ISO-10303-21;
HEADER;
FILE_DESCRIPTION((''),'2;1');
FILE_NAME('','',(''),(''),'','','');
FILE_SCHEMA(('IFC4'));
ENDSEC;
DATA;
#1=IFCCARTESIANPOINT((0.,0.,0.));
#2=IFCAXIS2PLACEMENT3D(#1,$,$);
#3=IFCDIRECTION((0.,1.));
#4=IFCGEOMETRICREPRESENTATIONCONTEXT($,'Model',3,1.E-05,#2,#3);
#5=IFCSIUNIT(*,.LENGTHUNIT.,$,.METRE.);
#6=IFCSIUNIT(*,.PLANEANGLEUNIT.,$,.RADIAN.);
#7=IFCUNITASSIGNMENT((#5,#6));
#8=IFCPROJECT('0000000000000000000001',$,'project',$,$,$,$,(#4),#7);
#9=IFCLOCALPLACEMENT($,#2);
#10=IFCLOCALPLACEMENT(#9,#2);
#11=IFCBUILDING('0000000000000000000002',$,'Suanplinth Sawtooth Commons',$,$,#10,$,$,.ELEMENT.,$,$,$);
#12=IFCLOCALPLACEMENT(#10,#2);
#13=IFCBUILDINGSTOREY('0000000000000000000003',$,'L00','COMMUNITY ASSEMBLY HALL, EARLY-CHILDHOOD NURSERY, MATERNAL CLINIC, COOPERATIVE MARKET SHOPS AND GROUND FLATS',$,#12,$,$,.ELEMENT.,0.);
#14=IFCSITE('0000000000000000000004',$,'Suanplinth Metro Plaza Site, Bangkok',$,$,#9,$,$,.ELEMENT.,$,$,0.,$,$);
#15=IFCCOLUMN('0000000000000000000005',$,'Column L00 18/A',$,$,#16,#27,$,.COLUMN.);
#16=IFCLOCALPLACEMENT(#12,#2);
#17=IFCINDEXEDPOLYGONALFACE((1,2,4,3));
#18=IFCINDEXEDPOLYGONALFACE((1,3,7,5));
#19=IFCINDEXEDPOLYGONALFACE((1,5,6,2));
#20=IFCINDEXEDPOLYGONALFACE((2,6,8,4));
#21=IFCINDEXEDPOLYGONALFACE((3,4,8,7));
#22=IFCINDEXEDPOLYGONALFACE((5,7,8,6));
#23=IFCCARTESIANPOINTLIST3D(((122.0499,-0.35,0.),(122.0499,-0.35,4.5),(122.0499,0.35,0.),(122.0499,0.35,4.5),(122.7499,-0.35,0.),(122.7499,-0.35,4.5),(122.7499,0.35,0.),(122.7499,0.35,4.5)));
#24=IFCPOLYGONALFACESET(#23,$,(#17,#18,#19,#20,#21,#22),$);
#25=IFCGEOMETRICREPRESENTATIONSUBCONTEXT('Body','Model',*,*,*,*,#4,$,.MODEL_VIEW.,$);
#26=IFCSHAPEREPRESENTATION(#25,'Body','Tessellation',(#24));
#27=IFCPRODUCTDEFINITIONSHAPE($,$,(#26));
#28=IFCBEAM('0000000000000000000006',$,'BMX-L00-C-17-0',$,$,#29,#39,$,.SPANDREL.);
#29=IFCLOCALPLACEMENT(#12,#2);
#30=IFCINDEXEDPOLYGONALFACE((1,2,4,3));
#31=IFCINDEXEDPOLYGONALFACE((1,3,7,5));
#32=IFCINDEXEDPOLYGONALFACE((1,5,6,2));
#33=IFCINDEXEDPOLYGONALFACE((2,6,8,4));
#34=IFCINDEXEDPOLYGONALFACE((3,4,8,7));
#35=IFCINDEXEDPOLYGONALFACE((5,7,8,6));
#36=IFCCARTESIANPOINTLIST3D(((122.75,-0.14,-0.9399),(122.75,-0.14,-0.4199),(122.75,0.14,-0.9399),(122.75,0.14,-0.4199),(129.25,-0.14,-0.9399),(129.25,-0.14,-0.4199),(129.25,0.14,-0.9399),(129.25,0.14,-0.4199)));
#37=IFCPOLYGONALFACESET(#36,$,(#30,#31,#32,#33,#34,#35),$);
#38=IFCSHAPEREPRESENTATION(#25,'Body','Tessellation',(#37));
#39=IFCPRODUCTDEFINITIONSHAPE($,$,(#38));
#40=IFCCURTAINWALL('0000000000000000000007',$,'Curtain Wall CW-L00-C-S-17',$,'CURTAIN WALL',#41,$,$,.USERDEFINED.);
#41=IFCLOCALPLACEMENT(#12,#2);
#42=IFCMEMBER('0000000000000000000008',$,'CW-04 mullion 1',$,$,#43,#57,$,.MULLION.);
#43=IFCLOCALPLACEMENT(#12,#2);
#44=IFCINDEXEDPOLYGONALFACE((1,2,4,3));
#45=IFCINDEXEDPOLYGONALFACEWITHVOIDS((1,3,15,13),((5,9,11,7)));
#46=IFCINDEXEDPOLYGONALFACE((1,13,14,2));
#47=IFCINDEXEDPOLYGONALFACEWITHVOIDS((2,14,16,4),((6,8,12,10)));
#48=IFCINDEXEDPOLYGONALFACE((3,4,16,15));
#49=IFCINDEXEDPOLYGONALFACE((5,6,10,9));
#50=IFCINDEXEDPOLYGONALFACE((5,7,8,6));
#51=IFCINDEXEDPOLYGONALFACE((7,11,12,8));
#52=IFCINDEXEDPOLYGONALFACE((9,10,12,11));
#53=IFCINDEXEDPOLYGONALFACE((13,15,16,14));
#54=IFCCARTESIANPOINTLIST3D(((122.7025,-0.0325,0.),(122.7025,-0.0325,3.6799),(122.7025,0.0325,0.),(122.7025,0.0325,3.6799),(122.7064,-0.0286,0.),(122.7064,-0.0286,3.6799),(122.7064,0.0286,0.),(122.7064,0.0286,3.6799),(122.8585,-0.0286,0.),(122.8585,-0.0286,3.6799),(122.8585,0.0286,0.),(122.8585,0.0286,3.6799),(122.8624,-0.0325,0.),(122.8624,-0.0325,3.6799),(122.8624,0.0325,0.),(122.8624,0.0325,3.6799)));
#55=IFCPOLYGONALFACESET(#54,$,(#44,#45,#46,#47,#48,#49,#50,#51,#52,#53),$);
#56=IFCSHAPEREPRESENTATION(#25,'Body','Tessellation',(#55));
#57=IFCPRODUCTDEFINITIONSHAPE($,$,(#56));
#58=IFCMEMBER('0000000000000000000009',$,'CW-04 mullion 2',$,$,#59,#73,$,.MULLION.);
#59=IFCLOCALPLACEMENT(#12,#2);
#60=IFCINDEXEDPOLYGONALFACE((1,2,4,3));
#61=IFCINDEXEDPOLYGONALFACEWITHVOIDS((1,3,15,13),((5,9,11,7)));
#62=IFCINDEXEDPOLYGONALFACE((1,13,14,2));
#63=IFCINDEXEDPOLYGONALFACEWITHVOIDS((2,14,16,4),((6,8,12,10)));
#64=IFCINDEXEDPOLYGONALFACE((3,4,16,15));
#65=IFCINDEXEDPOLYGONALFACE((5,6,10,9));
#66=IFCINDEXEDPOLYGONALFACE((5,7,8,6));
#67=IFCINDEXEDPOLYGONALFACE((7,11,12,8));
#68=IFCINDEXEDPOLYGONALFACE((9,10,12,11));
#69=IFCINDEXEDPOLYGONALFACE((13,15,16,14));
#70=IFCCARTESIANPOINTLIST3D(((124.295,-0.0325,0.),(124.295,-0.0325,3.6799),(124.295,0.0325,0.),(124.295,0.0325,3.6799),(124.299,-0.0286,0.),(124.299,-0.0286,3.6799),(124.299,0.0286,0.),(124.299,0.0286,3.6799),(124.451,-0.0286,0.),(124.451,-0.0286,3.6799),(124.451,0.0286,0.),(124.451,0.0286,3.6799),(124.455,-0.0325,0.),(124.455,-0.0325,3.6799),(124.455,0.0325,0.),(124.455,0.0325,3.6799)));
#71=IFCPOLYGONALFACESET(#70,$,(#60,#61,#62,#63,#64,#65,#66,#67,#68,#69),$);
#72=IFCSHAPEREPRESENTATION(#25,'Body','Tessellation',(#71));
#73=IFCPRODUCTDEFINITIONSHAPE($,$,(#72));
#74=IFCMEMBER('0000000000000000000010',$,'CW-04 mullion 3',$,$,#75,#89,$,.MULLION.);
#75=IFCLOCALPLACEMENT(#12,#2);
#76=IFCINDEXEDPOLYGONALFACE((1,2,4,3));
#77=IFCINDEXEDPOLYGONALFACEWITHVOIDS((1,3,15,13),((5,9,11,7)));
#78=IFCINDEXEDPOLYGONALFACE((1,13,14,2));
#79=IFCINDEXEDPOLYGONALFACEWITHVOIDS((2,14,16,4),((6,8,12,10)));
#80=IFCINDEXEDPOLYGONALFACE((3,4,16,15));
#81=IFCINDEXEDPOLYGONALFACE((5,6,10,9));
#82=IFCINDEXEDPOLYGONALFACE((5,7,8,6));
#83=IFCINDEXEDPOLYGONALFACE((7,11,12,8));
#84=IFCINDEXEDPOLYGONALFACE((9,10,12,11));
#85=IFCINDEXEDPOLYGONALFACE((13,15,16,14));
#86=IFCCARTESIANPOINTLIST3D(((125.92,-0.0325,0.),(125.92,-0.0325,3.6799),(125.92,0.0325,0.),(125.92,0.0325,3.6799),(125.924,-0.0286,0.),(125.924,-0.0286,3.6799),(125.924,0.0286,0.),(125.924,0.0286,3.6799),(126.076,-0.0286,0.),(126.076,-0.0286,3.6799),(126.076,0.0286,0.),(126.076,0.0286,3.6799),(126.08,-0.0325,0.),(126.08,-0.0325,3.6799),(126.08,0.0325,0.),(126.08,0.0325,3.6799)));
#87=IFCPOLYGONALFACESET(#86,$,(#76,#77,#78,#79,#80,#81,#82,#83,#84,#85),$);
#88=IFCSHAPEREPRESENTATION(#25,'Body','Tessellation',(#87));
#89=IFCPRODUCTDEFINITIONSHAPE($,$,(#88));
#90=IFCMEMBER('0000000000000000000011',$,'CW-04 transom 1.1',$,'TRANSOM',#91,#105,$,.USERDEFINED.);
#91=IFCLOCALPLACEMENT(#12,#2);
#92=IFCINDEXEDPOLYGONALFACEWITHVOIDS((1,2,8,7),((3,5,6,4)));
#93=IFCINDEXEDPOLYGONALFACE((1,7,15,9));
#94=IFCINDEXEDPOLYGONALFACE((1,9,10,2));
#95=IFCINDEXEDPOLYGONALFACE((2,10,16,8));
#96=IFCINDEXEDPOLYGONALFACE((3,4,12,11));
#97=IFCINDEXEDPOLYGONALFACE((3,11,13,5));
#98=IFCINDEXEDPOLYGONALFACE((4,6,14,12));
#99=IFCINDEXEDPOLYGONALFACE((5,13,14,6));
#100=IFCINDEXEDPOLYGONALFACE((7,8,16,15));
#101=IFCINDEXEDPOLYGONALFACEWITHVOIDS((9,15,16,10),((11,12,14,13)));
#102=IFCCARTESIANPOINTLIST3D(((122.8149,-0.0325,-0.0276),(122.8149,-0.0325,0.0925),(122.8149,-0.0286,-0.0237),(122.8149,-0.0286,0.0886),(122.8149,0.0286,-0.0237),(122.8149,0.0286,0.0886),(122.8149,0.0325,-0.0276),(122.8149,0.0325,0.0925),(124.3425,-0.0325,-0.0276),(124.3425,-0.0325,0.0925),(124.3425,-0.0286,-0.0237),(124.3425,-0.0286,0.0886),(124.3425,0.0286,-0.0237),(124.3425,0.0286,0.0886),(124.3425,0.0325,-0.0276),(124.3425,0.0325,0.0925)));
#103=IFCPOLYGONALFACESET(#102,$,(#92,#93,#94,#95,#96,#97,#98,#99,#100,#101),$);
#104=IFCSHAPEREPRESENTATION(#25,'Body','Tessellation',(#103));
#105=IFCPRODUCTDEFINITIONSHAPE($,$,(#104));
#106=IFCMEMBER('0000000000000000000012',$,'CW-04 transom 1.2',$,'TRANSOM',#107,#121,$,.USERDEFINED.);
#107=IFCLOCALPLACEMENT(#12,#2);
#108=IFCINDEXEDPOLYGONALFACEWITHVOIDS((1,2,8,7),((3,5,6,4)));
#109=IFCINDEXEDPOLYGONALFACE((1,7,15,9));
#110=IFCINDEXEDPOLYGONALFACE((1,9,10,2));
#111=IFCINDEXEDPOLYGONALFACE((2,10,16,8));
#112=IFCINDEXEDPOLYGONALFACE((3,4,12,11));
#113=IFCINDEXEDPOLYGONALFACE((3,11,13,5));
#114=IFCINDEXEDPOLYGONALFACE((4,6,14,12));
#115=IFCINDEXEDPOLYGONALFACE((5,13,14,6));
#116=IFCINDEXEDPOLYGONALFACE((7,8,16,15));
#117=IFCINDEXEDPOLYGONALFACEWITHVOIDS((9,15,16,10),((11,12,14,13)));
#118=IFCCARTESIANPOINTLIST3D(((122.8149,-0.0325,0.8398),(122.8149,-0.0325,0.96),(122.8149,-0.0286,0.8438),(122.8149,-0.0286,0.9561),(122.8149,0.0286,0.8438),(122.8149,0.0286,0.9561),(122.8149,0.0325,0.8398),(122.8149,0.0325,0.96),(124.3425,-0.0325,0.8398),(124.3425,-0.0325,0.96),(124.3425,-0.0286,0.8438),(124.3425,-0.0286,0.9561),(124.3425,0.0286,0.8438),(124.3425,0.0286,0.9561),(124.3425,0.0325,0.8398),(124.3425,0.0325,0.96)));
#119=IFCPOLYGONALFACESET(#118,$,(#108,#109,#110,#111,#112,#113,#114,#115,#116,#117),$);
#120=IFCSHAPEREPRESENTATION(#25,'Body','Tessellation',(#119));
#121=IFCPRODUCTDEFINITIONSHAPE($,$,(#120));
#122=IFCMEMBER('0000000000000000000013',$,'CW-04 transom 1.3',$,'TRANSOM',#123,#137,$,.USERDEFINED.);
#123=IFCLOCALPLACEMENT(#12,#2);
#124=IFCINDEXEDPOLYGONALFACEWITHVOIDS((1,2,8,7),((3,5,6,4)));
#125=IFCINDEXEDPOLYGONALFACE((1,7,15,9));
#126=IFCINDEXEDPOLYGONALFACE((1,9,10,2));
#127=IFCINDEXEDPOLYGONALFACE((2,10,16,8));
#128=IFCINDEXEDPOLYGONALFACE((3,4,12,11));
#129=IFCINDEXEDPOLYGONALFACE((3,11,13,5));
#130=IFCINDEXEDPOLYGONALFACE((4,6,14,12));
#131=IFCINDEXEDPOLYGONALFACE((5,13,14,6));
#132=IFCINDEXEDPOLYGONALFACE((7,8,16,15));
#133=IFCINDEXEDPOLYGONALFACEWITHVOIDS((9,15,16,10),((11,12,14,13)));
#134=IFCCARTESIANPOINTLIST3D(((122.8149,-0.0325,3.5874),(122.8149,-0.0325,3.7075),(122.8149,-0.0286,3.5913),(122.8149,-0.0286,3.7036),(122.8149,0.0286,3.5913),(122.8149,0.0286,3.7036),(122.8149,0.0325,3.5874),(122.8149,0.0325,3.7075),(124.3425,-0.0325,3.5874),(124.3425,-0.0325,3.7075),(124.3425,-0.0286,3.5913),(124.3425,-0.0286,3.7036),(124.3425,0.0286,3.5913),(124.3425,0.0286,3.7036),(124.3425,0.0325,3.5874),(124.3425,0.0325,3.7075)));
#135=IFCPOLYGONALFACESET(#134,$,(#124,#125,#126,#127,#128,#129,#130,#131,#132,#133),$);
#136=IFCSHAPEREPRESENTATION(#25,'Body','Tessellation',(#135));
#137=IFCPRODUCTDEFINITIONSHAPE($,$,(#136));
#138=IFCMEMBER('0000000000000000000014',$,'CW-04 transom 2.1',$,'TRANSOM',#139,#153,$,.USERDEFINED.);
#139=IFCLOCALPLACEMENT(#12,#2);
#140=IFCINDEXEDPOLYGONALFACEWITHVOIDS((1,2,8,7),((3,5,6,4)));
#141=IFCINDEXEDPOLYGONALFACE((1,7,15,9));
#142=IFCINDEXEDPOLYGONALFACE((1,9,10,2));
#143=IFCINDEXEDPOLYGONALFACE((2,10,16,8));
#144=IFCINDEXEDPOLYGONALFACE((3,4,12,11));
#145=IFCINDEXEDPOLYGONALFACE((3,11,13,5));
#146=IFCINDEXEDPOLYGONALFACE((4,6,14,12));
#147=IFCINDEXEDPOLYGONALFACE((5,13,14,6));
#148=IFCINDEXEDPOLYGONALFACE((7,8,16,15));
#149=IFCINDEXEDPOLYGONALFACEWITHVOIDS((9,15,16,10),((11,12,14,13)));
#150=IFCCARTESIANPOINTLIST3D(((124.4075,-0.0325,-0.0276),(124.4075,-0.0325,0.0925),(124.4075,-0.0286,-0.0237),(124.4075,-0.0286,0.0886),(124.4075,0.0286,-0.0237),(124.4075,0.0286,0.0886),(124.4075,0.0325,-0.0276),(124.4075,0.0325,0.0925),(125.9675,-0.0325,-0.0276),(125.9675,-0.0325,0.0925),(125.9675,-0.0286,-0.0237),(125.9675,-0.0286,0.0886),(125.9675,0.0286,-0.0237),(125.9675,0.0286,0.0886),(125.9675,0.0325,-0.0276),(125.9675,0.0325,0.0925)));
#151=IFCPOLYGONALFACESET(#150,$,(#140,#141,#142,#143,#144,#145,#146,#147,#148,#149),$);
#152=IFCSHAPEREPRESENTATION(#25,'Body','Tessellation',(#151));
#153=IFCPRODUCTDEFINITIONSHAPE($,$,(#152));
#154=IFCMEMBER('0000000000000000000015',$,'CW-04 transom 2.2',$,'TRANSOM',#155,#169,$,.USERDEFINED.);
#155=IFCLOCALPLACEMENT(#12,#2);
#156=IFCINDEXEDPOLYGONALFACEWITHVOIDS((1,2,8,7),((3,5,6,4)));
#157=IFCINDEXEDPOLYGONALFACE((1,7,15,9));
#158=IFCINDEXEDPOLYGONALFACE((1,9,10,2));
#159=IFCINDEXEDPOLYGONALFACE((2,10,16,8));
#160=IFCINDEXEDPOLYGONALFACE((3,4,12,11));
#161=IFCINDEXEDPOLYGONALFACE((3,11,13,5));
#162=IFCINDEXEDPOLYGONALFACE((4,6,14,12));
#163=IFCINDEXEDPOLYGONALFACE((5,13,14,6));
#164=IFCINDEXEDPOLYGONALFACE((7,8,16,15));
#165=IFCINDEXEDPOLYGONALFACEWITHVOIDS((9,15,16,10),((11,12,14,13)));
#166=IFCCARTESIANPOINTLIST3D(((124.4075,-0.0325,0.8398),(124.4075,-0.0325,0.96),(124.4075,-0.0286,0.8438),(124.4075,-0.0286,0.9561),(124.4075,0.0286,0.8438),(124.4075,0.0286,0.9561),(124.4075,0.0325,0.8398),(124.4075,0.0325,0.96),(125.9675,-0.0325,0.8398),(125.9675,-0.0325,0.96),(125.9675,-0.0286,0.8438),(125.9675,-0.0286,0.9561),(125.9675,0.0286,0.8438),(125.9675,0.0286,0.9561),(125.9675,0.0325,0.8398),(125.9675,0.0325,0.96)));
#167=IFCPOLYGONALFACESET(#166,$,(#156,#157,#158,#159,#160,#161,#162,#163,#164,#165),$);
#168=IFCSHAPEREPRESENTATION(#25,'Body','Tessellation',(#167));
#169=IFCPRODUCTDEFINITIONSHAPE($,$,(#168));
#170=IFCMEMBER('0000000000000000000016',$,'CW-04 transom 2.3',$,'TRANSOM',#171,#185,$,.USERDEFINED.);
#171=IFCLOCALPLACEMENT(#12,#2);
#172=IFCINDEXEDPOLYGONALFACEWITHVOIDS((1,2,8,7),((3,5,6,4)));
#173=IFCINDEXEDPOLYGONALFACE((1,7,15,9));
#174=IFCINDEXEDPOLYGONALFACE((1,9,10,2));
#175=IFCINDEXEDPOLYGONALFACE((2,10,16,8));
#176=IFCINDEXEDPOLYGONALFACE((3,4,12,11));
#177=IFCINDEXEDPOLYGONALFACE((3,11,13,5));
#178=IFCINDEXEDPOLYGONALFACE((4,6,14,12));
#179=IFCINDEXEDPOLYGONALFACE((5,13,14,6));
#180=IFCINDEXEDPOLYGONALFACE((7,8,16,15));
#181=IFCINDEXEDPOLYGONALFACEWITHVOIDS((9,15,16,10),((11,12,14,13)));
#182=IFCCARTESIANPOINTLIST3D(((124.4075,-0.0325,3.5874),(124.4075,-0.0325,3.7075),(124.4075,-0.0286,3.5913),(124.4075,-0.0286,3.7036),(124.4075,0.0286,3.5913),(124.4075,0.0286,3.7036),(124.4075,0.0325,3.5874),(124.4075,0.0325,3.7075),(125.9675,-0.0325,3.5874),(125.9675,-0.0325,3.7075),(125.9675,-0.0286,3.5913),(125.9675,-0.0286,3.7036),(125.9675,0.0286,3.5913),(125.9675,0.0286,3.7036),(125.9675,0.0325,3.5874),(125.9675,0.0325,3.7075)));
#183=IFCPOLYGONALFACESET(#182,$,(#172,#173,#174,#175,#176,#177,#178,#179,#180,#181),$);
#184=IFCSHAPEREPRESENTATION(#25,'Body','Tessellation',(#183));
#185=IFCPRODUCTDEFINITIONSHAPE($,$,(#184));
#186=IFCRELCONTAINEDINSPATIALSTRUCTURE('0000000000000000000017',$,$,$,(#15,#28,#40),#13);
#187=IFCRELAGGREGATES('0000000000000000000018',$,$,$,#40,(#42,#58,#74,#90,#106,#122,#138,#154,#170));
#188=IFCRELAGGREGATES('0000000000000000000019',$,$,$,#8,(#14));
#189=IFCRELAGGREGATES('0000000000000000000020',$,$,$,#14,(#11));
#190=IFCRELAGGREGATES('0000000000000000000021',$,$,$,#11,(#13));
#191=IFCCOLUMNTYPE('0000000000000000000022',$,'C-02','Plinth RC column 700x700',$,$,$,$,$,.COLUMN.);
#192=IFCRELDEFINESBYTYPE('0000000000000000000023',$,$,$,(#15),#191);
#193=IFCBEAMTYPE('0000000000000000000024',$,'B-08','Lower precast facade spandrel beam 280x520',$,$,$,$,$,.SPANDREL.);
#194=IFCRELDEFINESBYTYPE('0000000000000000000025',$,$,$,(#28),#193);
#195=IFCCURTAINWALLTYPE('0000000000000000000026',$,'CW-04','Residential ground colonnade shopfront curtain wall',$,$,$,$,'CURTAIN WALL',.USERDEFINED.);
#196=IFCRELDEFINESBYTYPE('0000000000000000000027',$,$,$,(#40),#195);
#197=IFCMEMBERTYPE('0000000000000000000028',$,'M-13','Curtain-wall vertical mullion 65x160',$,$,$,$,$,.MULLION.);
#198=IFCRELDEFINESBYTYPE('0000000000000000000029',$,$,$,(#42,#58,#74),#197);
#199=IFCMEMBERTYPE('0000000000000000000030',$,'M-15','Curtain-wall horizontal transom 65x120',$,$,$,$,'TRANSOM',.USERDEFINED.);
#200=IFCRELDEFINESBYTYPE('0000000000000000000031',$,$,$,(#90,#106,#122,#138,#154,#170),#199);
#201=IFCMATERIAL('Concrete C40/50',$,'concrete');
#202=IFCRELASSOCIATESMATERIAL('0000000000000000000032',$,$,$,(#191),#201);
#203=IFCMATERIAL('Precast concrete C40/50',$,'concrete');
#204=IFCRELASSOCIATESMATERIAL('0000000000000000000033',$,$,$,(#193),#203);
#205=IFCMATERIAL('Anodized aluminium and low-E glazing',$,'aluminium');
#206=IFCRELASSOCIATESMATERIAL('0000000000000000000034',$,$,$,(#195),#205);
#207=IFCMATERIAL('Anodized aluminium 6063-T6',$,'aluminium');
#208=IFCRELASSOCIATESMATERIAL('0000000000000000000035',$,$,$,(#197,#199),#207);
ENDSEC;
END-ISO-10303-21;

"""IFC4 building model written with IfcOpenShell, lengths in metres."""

from ifc_helpers import new_model, si_unit, direction, frame, origin, origin_2d, place, context, subcontext, project, spatial, rectangle, hollow_rectangle, extrude, material, material_profile, profile_set, type_object, element, aggregate, save


model = new_model("IFC4")

# Units and contexts
model_context = context("Model", 3, precision=1e-05, world=origin(), true_north=direction((0.0, 1.0)))
body_context = subcontext(model_context, "Body", "Model", "MODEL_VIEW")
ifc_project = project(units=[si_unit("LENGTHUNIT", "METRE"), si_unit("PLANEANGLEUNIT", "RADIAN")], contexts=[model_context])

# Site, building, storey
site_placement = place(None, origin())
site = spatial("IfcSite", under=ifc_project, at=site_placement, Name="Suanplinth Metro Plaza Site, Bangkok", CompositionType="ELEMENT", RefElevation=0.0)
building_placement = place(site_placement, origin())
building = spatial("IfcBuilding", under=site, at=building_placement, Name="Suanplinth Sawtooth Commons", CompositionType="ELEMENT")
storey_placement = place(building_placement, origin())
storey = spatial("IfcBuildingStorey", under=building, at=storey_placement, Name="L00", Description="COMMUNITY ASSEMBLY HALL, EARLY-CHILDHOOD NURSERY, MATERNAL CLINIC, COOPERATIVE MARKET SHOPS AND GROUND FLATS", CompositionType="ELEMENT", Elevation=0.0)

# Column
ifc_material_1 = material(Name="Concrete C40/50", Category="concrete")
ifc_material_profile_1 = material_profile(ifc_material_1, rectangle(XDim=0.7, YDim=0.7, at=origin_2d()), Name="RC-COL 700x700")
ifc_profile_set_1 = profile_set([ifc_material_profile_1], Name="Concrete C40/50")
column_type = type_object("IfcColumnType", Name="C-02", Description="Plinth RC column 700x700", PredefinedType="COLUMN", material=ifc_profile_set_1)
column_placement = place(storey_placement, frame((122.3999, 0.0, 0.0), z_axis=(0.0, 0.0, 1.0), x_axis=(1.0, 0.0, 0.0)))
element("IfcColumn", 1, at=column_placement, inside=storey, type_object=column_type, Name="Column L00 18/A", PredefinedType="COLUMN", context=body_context, shape_type="SweptSolid", body=[
    extrude(rectangle(XDim=0.7, YDim=0.7, at=origin_2d()), origin(), (0.0, 0.0, 1.0), 4.5),
])

# Beam
ifc_material_2 = material(Name="Precast concrete C40/50", Category="concrete")
ifc_material_profile_2 = material_profile(ifc_material_2, rectangle(XDim=0.28, YDim=0.52, at=origin_2d()), Name="PC-SP 280x520")
ifc_profile_set_2 = profile_set([ifc_material_profile_2], Name="Precast concrete C40/50")
beam_type = type_object("IfcBeamType", Name="B-08", Description="Lower precast facade spandrel beam 280x520", PredefinedType="SPANDREL", material=ifc_profile_set_2)
beam_placement = place(storey_placement, frame((122.75, 0.0, -0.6799), z_axis=(1.0, 0.0, 0.0), x_axis=(0.0, 1.0, 0.0)))
element("IfcBeam", 2, at=beam_placement, inside=storey, type_object=beam_type, Name="BMX-L00-C-17-0", PredefinedType="SPANDREL", context=body_context, shape_type="SweptSolid", body=[
    extrude(rectangle(XDim=0.28, YDim=0.52, at=origin_2d()), origin(), (0.0, 0.0, 1.0), 6.5),
])

# Curtain wall, members
ifc_material_3 = material(Name="Anodized aluminium and low-E glazing", Category="aluminium")
curtain_wall_type = type_object("IfcCurtainWallType", Name="CW-04", Description="Residential ground colonnade shopfront curtain wall", ElementType="CURTAIN WALL", PredefinedType="USERDEFINED", material=ifc_material_3)
curtain_wall_placement = place(storey_placement, origin())
curtain_wall = element("IfcCurtainWall", 3, at=curtain_wall_placement, inside=storey, type_object=curtain_wall_type, Name="Curtain Wall CW-L00-C-S-17", ObjectType="CURTAIN WALL", PredefinedType="USERDEFINED")
ifc_material_4 = material(Name="Anodized aluminium 6063-T6", Category="aluminium")
ifc_material_profile_3 = material_profile(ifc_material_4, hollow_rectangle(XDim=0.0649, YDim=0.1599, WallThickness=0.0039, at=origin_2d()), Name="ALU-MUL 65x160")
ifc_profile_set_3 = profile_set([ifc_material_profile_3], Name="Anodized aluminium 6063-T6")
member_type_1 = type_object("IfcMemberType", Name="M-13", Description="Curtain-wall vertical mullion 65x160", PredefinedType="MULLION", material=ifc_profile_set_3)
member_1_placement = place(storey_placement, frame((122.7825, 0.0, 0.0), z_axis=(0.0, 0.0, 1.0), x_axis=(0.0, 1.0, 0.0)))
member_1 = element("IfcMember", 4, at=member_1_placement, type_object=member_type_1, Name="CW-04 mullion 1", PredefinedType="MULLION", context=body_context, shape_type="SweptSolid", body=[
    extrude(hollow_rectangle(XDim=0.0649, YDim=0.1599, WallThickness=0.0039, at=origin_2d()), origin(), (0.0, 0.0, 1.0), 3.6799),
])
member_2_placement = place(storey_placement, frame((124.375, 0.0, 0.0), z_axis=(0.0, 0.0, 1.0), x_axis=(0.0, 1.0, 0.0)))
member_2 = element("IfcMember", 5, at=member_2_placement, type_object=member_type_1, Name="CW-04 mullion 2", PredefinedType="MULLION", context=body_context, shape_type="SweptSolid", body=[
    extrude(hollow_rectangle(XDim=0.0649, YDim=0.1599, WallThickness=0.0039, at=origin_2d()), origin(), (0.0, 0.0, 1.0), 3.6799),
])
member_3_placement = place(storey_placement, frame((126.0, 0.0, 0.0), z_axis=(0.0, 0.0, 1.0), x_axis=(0.0, 1.0, 0.0)))
member_3 = element("IfcMember", 6, at=member_3_placement, type_object=member_type_1, Name="CW-04 mullion 3", PredefinedType="MULLION", context=body_context, shape_type="SweptSolid", body=[
    extrude(hollow_rectangle(XDim=0.0649, YDim=0.1599, WallThickness=0.0039, at=origin_2d()), origin(), (0.0, 0.0, 1.0), 3.6799),
])
ifc_material_profile_4 = material_profile(ifc_material_4, hollow_rectangle(XDim=0.0649, YDim=0.1201, WallThickness=0.0039, at=origin_2d()), Name="ALU-TRN 65x120")
ifc_profile_set_4 = profile_set([ifc_material_profile_4], Name="Anodized aluminium 6063-T6")
member_type_2 = type_object("IfcMemberType", Name="M-15", Description="Curtain-wall horizontal transom 65x120", ElementType="TRANSOM", PredefinedType="USERDEFINED", material=ifc_profile_set_4)
member_4_placement = place(storey_placement, frame((122.8149, 0.0, 0.0325), z_axis=(1.0, 0.0, 0.0), x_axis=(0.0, 1.0, 0.0)))
member_4 = element("IfcMember", 7, at=member_4_placement, type_object=member_type_2, Name="CW-04 transom 1.1", ObjectType="TRANSOM", PredefinedType="USERDEFINED", context=body_context, shape_type="SweptSolid", body=[
    extrude(hollow_rectangle(XDim=0.0649, YDim=0.1201, WallThickness=0.0039, at=origin_2d()), origin(), (0.0, 0.0, 1.0), 1.5276),
])
member_5_placement = place(storey_placement, frame((122.8149, 0.0, 0.8999), z_axis=(1.0, 0.0, 0.0), x_axis=(0.0, 1.0, 0.0)))
member_5 = element("IfcMember", 8, at=member_5_placement, type_object=member_type_2, Name="CW-04 transom 1.2", ObjectType="TRANSOM", PredefinedType="USERDEFINED", context=body_context, shape_type="SweptSolid", body=[
    extrude(hollow_rectangle(XDim=0.0649, YDim=0.1201, WallThickness=0.0039, at=origin_2d()), origin(), (0.0, 0.0, 1.0), 1.5276),
])
member_6_placement = place(storey_placement, frame((122.8149, 0.0, 3.6475), z_axis=(1.0, 0.0, 0.0), x_axis=(0.0, 1.0, 0.0)))
member_6 = element("IfcMember", 9, at=member_6_placement, type_object=member_type_2, Name="CW-04 transom 1.3", ObjectType="TRANSOM", PredefinedType="USERDEFINED", context=body_context, shape_type="SweptSolid", body=[
    extrude(hollow_rectangle(XDim=0.0649, YDim=0.1201, WallThickness=0.0039, at=origin_2d()), origin(), (0.0, 0.0, 1.0), 1.5276),
])
member_7_placement = place(storey_placement, frame((124.4075, 0.0, 0.0325), z_axis=(1.0, 0.0, 0.0), x_axis=(0.0, 1.0, 0.0)))
member_7 = element("IfcMember", 10, at=member_7_placement, type_object=member_type_2, Name="CW-04 transom 2.1", ObjectType="TRANSOM", PredefinedType="USERDEFINED", context=body_context, shape_type="SweptSolid", body=[
    extrude(hollow_rectangle(XDim=0.0649, YDim=0.1201, WallThickness=0.0039, at=origin_2d()), origin(), (0.0, 0.0, 1.0), 1.5601),
])
member_8_placement = place(storey_placement, frame((124.4075, 0.0, 0.8999), z_axis=(1.0, 0.0, 0.0), x_axis=(0.0, 1.0, 0.0)))
member_8 = element("IfcMember", 11, at=member_8_placement, type_object=member_type_2, Name="CW-04 transom 2.2", ObjectType="TRANSOM", PredefinedType="USERDEFINED", context=body_context, shape_type="SweptSolid", body=[
    extrude(hollow_rectangle(XDim=0.0649, YDim=0.1201, WallThickness=0.0039, at=origin_2d()), origin(), (0.0, 0.0, 1.0), 1.5601),
])
member_9_placement = place(storey_placement, frame((124.4075, 0.0, 3.6475), z_axis=(1.0, 0.0, 0.0), x_axis=(0.0, 1.0, 0.0)))
member_9 = element("IfcMember", 12, at=member_9_placement, type_object=member_type_2, Name="CW-04 transom 2.3", ObjectType="TRANSOM", PredefinedType="USERDEFINED", context=body_context, shape_type="SweptSolid", body=[
    extrude(hollow_rectangle(XDim=0.0649, YDim=0.1201, WallThickness=0.0039, at=origin_2d()), origin(), (0.0, 0.0, 1.0), 1.5601),
])
aggregate(curtain_wall, [member_1, member_2, member_3, member_4, member_5, member_6, member_7, member_8, member_9])

save(model, "model.ifc")
